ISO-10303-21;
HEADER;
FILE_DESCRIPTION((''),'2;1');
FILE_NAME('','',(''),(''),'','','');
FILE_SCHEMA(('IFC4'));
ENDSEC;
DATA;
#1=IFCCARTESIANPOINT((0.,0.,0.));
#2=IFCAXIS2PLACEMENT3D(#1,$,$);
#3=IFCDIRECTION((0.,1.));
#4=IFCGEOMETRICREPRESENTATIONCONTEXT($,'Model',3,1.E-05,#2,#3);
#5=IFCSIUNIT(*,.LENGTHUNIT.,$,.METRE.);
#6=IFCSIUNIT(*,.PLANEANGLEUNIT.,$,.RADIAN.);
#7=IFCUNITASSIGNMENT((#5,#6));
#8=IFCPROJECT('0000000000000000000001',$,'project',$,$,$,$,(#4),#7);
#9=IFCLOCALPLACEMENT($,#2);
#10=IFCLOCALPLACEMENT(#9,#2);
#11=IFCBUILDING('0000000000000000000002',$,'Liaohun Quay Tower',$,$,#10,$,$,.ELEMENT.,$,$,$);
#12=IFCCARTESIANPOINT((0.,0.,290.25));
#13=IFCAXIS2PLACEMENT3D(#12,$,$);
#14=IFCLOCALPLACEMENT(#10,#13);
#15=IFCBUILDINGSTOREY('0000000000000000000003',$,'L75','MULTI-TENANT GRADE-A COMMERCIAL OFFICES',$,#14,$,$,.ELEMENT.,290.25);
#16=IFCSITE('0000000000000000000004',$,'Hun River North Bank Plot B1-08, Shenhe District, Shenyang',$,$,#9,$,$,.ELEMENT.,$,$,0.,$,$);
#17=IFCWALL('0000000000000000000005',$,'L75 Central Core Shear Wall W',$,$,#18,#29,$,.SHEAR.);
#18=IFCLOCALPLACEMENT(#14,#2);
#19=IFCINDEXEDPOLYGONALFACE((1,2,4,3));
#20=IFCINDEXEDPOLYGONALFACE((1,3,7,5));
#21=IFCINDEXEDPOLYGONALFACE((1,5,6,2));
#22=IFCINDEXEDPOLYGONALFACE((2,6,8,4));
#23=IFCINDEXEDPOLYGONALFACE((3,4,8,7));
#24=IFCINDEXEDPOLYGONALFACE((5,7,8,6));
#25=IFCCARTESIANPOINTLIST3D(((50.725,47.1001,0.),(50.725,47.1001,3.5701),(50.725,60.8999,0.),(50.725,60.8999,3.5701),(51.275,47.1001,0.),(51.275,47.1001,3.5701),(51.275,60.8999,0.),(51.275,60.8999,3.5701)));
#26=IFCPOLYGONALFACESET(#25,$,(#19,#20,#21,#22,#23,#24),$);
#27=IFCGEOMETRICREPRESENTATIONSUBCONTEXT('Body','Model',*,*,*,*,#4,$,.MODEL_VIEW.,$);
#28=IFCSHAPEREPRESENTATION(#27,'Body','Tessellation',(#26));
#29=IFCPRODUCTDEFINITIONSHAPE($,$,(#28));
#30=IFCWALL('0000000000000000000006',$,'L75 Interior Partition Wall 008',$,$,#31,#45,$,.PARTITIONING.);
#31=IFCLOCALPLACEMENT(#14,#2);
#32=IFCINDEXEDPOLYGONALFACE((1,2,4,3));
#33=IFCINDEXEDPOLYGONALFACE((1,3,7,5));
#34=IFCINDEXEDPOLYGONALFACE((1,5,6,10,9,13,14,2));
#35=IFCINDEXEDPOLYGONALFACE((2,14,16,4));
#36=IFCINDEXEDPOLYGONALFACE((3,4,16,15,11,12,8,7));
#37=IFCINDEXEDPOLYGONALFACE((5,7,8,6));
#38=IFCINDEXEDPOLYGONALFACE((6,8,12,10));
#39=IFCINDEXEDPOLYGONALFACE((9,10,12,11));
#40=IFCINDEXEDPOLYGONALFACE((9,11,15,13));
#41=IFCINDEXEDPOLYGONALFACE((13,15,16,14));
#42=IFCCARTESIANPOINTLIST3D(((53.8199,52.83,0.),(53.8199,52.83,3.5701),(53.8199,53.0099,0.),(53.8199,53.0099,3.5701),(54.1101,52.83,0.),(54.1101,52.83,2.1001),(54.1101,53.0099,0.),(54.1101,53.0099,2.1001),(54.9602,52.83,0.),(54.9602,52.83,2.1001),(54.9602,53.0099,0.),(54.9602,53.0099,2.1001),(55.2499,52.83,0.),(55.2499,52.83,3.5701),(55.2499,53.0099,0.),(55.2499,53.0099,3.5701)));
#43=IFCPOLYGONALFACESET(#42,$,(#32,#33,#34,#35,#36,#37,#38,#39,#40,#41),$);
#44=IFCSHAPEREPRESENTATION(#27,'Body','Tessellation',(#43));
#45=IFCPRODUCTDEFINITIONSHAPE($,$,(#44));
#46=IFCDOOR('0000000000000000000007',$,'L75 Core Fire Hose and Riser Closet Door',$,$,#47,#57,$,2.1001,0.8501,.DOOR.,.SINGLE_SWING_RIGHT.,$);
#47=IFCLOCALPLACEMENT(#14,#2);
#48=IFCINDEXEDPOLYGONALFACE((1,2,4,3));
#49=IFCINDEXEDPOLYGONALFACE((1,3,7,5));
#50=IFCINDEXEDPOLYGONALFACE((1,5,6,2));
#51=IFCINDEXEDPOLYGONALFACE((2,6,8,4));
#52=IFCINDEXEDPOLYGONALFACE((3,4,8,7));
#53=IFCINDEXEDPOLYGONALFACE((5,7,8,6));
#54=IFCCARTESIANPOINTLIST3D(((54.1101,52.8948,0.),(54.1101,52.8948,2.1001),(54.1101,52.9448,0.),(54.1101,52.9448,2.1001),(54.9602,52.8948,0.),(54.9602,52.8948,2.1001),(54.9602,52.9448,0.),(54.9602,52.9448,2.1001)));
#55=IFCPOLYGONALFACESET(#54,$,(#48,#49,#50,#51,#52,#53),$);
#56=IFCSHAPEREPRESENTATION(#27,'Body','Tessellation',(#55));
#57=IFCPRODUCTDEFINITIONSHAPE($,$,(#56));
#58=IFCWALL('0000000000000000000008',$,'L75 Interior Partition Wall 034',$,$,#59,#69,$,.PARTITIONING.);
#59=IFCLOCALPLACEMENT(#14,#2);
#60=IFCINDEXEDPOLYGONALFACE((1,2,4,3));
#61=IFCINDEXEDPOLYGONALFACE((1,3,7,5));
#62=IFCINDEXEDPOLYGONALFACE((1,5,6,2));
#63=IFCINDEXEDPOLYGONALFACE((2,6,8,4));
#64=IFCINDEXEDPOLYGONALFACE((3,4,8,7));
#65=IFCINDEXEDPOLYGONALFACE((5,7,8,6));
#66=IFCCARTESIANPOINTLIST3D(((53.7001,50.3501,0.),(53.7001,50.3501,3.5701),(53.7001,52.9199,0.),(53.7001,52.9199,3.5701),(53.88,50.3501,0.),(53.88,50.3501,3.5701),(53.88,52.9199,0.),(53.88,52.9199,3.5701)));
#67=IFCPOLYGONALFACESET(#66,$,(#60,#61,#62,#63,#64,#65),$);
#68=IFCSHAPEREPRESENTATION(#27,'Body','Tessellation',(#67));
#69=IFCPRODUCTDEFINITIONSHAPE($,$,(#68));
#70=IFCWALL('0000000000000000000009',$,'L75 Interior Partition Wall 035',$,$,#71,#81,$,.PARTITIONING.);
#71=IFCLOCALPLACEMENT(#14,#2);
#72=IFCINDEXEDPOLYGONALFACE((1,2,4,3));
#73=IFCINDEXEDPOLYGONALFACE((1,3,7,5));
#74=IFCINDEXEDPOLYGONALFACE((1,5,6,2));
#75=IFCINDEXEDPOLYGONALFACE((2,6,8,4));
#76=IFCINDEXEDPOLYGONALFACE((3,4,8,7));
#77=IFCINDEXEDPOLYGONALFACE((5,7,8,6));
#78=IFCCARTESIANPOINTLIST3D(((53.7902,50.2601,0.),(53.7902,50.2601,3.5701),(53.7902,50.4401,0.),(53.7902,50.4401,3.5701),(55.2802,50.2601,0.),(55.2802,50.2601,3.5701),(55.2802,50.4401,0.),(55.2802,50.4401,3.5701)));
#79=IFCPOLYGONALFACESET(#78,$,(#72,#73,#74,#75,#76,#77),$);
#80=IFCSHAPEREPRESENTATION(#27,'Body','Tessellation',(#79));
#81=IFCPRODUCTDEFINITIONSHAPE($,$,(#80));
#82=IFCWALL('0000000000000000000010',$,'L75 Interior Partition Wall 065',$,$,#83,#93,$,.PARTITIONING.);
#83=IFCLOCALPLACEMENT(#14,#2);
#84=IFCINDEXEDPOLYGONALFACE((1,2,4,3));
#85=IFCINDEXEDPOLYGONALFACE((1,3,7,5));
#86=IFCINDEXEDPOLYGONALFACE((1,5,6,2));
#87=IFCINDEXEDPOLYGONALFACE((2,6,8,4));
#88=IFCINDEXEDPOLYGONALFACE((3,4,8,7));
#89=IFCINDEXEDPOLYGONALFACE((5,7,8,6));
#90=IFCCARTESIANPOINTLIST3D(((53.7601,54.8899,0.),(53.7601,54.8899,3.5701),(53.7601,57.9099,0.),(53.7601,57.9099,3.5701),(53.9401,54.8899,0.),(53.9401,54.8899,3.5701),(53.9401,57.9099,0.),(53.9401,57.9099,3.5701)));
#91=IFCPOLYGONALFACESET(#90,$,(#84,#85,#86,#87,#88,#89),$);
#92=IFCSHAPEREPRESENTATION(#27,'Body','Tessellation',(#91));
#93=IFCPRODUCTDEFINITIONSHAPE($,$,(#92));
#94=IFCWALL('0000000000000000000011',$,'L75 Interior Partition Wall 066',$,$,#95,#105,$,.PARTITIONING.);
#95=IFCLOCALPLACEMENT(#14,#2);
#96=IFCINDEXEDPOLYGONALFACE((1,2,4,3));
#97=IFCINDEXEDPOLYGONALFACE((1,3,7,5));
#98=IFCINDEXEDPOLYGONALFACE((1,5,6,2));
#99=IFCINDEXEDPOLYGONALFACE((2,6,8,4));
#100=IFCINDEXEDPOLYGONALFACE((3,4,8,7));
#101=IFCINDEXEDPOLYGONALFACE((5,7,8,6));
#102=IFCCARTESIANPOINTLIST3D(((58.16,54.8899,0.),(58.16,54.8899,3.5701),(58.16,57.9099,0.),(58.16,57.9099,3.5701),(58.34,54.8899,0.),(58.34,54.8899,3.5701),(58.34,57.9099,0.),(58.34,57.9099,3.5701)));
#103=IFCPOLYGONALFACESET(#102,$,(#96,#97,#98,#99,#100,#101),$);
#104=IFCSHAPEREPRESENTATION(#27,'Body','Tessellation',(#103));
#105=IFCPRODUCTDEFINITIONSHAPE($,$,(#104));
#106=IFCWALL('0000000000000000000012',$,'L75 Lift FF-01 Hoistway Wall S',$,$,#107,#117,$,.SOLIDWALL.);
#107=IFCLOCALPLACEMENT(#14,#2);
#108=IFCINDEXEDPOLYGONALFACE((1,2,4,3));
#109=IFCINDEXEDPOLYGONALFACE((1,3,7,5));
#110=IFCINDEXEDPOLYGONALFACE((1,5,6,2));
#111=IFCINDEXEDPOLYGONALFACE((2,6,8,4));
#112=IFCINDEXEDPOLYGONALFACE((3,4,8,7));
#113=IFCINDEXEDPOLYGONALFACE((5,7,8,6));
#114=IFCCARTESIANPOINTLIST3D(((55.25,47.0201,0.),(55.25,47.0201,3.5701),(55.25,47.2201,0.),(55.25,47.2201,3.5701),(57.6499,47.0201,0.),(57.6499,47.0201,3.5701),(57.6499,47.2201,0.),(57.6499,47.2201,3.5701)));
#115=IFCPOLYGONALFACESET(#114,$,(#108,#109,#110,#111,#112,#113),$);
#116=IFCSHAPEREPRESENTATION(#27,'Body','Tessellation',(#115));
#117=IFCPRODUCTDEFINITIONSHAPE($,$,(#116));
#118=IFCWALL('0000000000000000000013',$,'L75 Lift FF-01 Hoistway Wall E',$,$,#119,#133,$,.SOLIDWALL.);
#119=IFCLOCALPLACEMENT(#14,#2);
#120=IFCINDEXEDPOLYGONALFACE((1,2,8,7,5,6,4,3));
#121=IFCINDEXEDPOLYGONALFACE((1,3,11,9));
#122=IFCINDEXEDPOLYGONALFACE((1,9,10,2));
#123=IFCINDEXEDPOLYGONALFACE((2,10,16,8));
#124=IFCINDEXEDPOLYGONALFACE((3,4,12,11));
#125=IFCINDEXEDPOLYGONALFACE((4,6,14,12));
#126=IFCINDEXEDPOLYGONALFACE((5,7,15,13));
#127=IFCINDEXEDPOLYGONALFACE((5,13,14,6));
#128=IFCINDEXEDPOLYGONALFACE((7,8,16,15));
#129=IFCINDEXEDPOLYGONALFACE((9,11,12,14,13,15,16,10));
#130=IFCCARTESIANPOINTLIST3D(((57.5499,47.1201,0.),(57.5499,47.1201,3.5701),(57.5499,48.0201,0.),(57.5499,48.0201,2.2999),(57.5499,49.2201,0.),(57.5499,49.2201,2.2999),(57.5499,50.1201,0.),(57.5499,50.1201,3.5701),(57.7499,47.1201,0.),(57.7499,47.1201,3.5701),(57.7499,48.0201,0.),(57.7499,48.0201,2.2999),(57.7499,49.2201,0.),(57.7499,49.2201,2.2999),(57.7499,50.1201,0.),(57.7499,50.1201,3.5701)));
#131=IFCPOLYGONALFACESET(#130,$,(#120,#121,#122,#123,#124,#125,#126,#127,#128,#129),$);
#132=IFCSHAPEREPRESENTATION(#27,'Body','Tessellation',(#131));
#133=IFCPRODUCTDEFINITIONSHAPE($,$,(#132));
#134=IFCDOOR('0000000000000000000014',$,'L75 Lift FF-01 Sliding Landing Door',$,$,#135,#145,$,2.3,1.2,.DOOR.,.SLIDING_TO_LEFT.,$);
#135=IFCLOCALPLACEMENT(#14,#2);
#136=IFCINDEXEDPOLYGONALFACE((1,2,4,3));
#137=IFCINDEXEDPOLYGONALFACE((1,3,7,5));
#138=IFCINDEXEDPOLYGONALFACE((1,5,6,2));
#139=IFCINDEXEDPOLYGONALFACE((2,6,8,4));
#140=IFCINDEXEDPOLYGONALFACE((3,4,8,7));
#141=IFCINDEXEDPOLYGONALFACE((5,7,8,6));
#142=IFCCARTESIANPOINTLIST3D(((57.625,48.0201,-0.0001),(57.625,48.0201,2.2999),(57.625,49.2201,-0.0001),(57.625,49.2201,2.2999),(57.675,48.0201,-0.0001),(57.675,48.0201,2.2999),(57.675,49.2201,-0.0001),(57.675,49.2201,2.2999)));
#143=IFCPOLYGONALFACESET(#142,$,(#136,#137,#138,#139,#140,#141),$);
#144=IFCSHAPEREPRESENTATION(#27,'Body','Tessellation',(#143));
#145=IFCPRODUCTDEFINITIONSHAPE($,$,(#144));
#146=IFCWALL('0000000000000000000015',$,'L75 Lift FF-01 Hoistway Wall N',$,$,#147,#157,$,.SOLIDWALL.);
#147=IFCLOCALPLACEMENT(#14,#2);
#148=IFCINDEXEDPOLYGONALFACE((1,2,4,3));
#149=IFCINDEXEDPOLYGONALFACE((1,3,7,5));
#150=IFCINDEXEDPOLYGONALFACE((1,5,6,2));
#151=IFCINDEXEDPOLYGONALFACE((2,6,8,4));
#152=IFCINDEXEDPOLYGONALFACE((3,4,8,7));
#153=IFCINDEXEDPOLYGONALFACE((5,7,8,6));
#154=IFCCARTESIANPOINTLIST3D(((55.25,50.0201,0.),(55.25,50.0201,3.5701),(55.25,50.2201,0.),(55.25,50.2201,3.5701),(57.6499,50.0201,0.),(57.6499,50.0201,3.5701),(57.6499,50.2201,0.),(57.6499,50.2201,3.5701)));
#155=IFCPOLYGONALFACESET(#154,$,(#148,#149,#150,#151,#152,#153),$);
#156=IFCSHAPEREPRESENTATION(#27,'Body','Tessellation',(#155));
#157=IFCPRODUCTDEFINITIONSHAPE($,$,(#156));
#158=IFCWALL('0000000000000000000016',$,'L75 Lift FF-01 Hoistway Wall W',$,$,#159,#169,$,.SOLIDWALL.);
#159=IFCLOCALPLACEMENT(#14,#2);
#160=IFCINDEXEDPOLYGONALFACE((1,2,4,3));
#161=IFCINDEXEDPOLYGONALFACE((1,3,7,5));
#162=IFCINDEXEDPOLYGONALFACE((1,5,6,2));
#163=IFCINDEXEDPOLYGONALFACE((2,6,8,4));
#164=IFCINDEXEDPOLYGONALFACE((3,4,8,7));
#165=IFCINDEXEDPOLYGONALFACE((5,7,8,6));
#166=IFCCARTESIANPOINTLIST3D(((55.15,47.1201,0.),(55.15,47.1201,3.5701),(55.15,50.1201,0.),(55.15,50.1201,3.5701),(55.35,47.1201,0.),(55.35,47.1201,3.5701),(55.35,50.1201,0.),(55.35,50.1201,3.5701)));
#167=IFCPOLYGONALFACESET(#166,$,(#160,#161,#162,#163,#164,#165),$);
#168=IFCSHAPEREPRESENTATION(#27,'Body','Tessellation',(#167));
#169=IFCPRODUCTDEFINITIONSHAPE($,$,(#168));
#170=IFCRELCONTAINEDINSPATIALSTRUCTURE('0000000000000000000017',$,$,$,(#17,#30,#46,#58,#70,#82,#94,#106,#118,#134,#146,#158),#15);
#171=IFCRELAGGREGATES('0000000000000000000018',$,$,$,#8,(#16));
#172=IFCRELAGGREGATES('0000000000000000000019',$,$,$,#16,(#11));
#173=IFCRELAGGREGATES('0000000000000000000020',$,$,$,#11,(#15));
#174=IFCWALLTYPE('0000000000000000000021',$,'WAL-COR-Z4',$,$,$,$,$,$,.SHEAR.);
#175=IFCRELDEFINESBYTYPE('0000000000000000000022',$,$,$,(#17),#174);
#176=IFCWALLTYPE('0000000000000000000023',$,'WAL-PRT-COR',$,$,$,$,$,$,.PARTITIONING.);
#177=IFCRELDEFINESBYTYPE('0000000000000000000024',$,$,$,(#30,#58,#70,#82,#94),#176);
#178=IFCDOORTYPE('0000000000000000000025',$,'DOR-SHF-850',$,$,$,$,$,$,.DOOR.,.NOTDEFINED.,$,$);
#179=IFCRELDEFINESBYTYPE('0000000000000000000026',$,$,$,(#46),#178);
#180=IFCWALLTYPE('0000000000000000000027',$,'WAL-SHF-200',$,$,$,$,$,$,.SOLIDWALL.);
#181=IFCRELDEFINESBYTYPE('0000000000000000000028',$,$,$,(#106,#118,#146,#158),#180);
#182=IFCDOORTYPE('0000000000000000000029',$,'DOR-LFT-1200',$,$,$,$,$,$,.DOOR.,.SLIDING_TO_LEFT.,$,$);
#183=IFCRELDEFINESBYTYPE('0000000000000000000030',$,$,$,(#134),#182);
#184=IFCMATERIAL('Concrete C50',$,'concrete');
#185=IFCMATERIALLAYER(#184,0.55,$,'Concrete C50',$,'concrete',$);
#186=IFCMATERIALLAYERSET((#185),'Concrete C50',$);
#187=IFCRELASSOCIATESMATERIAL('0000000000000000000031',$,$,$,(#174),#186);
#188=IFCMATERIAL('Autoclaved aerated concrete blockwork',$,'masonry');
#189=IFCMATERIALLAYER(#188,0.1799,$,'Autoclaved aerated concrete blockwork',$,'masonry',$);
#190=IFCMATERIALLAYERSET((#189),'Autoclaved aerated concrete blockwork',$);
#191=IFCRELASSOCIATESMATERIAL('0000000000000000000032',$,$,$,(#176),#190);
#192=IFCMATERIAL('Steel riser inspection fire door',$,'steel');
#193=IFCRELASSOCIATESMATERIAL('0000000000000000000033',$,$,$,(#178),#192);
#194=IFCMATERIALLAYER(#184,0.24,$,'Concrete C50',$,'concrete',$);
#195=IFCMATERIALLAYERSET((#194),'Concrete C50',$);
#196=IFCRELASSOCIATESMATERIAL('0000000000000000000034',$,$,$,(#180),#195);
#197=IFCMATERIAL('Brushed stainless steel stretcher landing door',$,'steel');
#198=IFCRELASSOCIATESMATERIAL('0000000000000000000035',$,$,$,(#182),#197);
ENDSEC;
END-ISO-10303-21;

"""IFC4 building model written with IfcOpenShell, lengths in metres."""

from ifc_helpers import new_model, si_unit, direction, frame, frame_2d, origin, place, context, subcontext, project, spatial, rectangle, extrude, source, transform, mapped, material, layer, layer_set, type_object, element, fill, save


model = new_model("IFC4")

# Units and contexts
model_context = context("Model", 3, precision=1e-05, world=origin(), true_north=direction((0.0, 1.0)))
body_context = subcontext(model_context, "Body", "Model", "MODEL_VIEW")
ifc_project = project(units=[si_unit("LENGTHUNIT", "METRE"), si_unit("PLANEANGLEUNIT", "RADIAN")], contexts=[model_context])

# Site, building, storey
site_placement = place(None, origin())
site = spatial("IfcSite", under=ifc_project, at=site_placement, Name="Hun River North Bank Plot B1-08, Shenhe District, Shenyang", CompositionType="ELEMENT", RefElevation=0.0)
building_placement = place(site_placement, origin())
building = spatial("IfcBuilding", under=site, at=building_placement, Name="Liaohun Quay Tower", CompositionType="ELEMENT")
storey_placement = place(building_placement, frame((0.0, 0.0, 290.25)))
storey = spatial("IfcBuildingStorey", under=building, at=storey_placement, Name="L75", Description="MULTI-TENANT GRADE-A COMMERCIAL OFFICES", CompositionType="ELEMENT", Elevation=290.25)

# Wall
ifc_material_1 = material(Name="Concrete C50", Category="concrete")
ifc_layer_1 = layer(ifc_material_1, 0.55, Name="Concrete C50", Category="concrete")
ifc_layer_set_1 = layer_set([ifc_layer_1], Name="Concrete C50")
wall_type_1 = type_object("IfcWallType", Name="WAL-COR-Z4", PredefinedType="SHEAR", material=ifc_layer_set_1)
wall_1_placement = place(storey_placement, frame((51.0, 47.1001, 0.0), z_axis=(0.0, 0.0, 1.0), x_axis=(0.0, 1.0, 0.0)))
element("IfcWall", 1, at=wall_1_placement, inside=storey, type_object=wall_type_1, Name="L75 Central Core Shear Wall W", PredefinedType="SHEAR", context=body_context, shape_type="SweptSolid", body=[
    extrude(rectangle(XDim=13.7998, YDim=0.55, at=frame_2d((6.8999, 0.0))), origin(), (0.0, 0.0, 1.0), 3.5701),
])

# Wall, opening, door
ifc_material_2 = material(Name="Autoclaved aerated concrete blockwork", Category="masonry")
ifc_layer_2 = layer(ifc_material_2, 0.1799, Name="Autoclaved aerated concrete blockwork", Category="masonry")
ifc_layer_set_2 = layer_set([ifc_layer_2], Name="Autoclaved aerated concrete blockwork")
wall_type_2 = type_object("IfcWallType", Name="WAL-PRT-COR", PredefinedType="PARTITIONING", material=ifc_layer_set_2)
wall_2_placement = place(storey_placement, frame((53.8201, 52.9199, 0.0), z_axis=(0.0, 0.0, 1.0), x_axis=(1.0, 0.0, 0.0)))
wall_2 = element("IfcWall", 2, at=wall_2_placement, inside=storey, type_object=wall_type_2, Name="L75 Interior Partition Wall 008", PredefinedType="PARTITIONING", context=body_context, shape_type="SweptSolid", body=[
    extrude(rectangle(XDim=1.4299, YDim=0.1799, at=frame_2d((0.7148, 0.0))), origin(), (0.0, 0.0, 1.0), 3.5701),
])
shared_shape_1 = source(origin(), body_context, "Body", "SweptSolid", [
    extrude(rectangle(XDim=0.8501, YDim=2.1001, at=frame_2d((0.425, 1.05))), frame((0.0, 0.0999, 0.0), z_axis=(0.0, -1.0, 0.0), x_axis=(1.0, 0.0, 0.0)), (0.0, 0.0, 1.0), 0.2),
])
opening_1_placement = place(wall_2_placement, frame((0.29, 0.0, 0.0)))
opening_1 = element("IfcOpeningElement", 3, at=opening_1_placement, cuts=wall_2, PredefinedType="OPENING", context=body_context, shape_type="MappedRepresentation", body=[
    mapped(shared_shape_1, transform((0.0, 0.0, 0.0), x_axis=(1.0, 0.0, 0.0), y_axis=(0.0, 1.0, 0.0), z_axis=(0.0, 0.0, 1.0), scale=1.0)),
])
ifc_material_3 = material(Name="Steel riser inspection fire door", Category="steel")
door_type_1 = type_object("IfcDoorType", Name="DOR-SHF-850", OperationType="NOTDEFINED", PredefinedType="DOOR", material=ifc_material_3)
shared_shape_2 = source(origin(), body_context, "Body", "SweptSolid", [
    extrude(rectangle(XDim=0.8501, YDim=2.1001, at=frame_2d((0.425, 1.05))), frame((0.0, 0.0249, 0.0), z_axis=(0.0, -1.0, 0.0), x_axis=(1.0, 0.0, 0.0)), (0.0, 0.0, 1.0), 0.05),
])
door_1_placement = place(opening_1_placement, origin())
door_1 = element("IfcDoor", 4, at=door_1_placement, inside=storey, type_object=door_type_1, Name="L75 Core Fire Hose and Riser Closet Door", OperationType="SINGLE_SWING_RIGHT", OverallHeight=2.1001, OverallWidth=0.8501, PredefinedType="DOOR", context=body_context, shape_type="MappedRepresentation", body=[
    mapped(shared_shape_2, transform((0.0, 0.0, 0.0), x_axis=(1.0, 0.0, 0.0), y_axis=(0.0, 1.0, 0.0), z_axis=(0.0, 0.0, 1.0), scale=1.0)),
])
fill(opening_1, door_1)

# Walls
wall_3_placement = place(storey_placement, frame((53.79, 50.3501, 0.0), z_axis=(0.0, 0.0, 1.0), x_axis=(0.0, 1.0, 0.0)))
element("IfcWall", 5, at=wall_3_placement, inside=storey, type_object=wall_type_2, Name="L75 Interior Partition Wall 034", PredefinedType="PARTITIONING", context=body_context, shape_type="SweptSolid", body=[
    extrude(rectangle(XDim=2.5698, YDim=0.1799, at=frame_2d((1.2849, 0.0))), origin(), (0.0, 0.0, 1.0), 3.5701),
])
wall_4_placement = place(storey_placement, frame((53.79, 50.3501, 0.0), z_axis=(0.0, 0.0, 1.0), x_axis=(1.0, 0.0, 0.0)))
element("IfcWall", 6, at=wall_4_placement, inside=storey, type_object=wall_type_2, Name="L75 Interior Partition Wall 035", PredefinedType="PARTITIONING", context=body_context, shape_type="SweptSolid", body=[
    extrude(rectangle(XDim=1.49, YDim=0.1799, at=frame_2d((0.7451, 0.0))), origin(), (0.0, 0.0, 1.0), 3.5701),
])
for number, where, z_axis, x_axis, name in (
    (7, (53.8501, 54.8899, 0.0), (0.0, 0.0, 1.0), (0.0, 1.0, 0.0), "L75 Interior Partition Wall 065"),
    (8, (58.25, 54.8899, 0.0), (0.0, 0.0, 1.0), (0.0, 1.0, 0.0), "L75 Interior Partition Wall 066"),
):
    element("IfcWall", number, at=place(storey_placement, frame(where, z_axis=z_axis, x_axis=x_axis)), inside=storey, type_object=wall_type_2, Name=name, PredefinedType="PARTITIONING", context=body_context, shape_type="SweptSolid", body=[
        extrude(rectangle(XDim=3.02, YDim=0.1799, at=frame_2d((1.51, 0.0))), origin(), (0.0, 0.0, 1.0), 3.5701),
    ])
ifc_layer_3 = layer(ifc_material_1, 0.24, Name="Concrete C50", Category="concrete")
ifc_layer_set_3 = layer_set([ifc_layer_3], Name="Concrete C50")
wall_type_3 = type_object("IfcWallType", Name="WAL-SHF-200", PredefinedType="SOLIDWALL", material=ifc_layer_set_3)
wall_5_placement = place(storey_placement, frame((55.25, 47.1201, 0.0), z_axis=(0.0, 0.0, 1.0), x_axis=(1.0, 0.0, 0.0)))
element("IfcWall", 9, at=wall_5_placement, inside=storey, type_object=wall_type_3, Name="L75 Lift FF-01 Hoistway Wall S", PredefinedType="SOLIDWALL", context=body_context, shape_type="SweptSolid", body=[
    extrude(rectangle(XDim=2.3999, YDim=0.2, at=frame_2d((1.2, 0.0))), origin(), (0.0, 0.0, 1.0), 3.5701),
])

# Wall, opening, door
wall_6_placement = place(storey_placement, frame((57.6499, 47.1201, 0.0), z_axis=(0.0, 0.0, 1.0), x_axis=(0.0, 1.0, 0.0)))
wall_6 = element("IfcWall", 10, at=wall_6_placement, inside=storey, type_object=wall_type_3, Name="L75 Lift FF-01 Hoistway Wall E", PredefinedType="SOLIDWALL", context=body_context, shape_type="SweptSolid", body=[
    extrude(rectangle(XDim=3.0, YDim=0.2, at=frame_2d((1.5, 0.0))), origin(), (0.0, 0.0, 1.0), 3.5701),
])
shared_shape_3 = source(origin(), body_context, "Body", "SweptSolid", [
    extrude(rectangle(XDim=1.2, YDim=2.3, at=frame_2d((0.6001, 1.1499))), frame((0.0, 0.1099, 0.0), z_axis=(0.0, -1.0, 0.0), x_axis=(1.0, 0.0, 0.0)), (0.0, 0.0, 1.0), 0.22),
])
opening_2_placement = place(wall_6_placement, frame((0.8999, 0.0, 0.0)))
opening_2 = element("IfcOpeningElement", 11, at=opening_2_placement, cuts=wall_6, PredefinedType="OPENING", context=body_context, shape_type="MappedRepresentation", body=[
    mapped(shared_shape_3, transform((0.0, 0.0, 0.0), x_axis=(1.0, 0.0, 0.0), y_axis=(0.0, 1.0, 0.0), z_axis=(0.0, 0.0, 1.0), scale=1.0)),
])
ifc_material_4 = material(Name="Brushed stainless steel stretcher landing door", Category="steel")
door_type_2 = type_object("IfcDoorType", Name="DOR-LFT-1200", OperationType="SLIDING_TO_LEFT", PredefinedType="DOOR", material=ifc_material_4)
shared_shape_4 = source(origin(), body_context, "Body", "SweptSolid", [
    extrude(rectangle(XDim=1.2, YDim=2.3, at=frame_2d((0.6001, 1.1499))), frame((0.0, 0.0249, 0.0), z_axis=(0.0, -1.0, 0.0), x_axis=(1.0, 0.0, 0.0)), (0.0, 0.0, 1.0), 0.05),
])
door_2_placement = place(opening_2_placement, origin())
door_2 = element("IfcDoor", 12, at=door_2_placement, inside=storey, type_object=door_type_2, Name="L75 Lift FF-01 Sliding Landing Door", OperationType="SLIDING_TO_LEFT", OverallHeight=2.3, OverallWidth=1.2, PredefinedType="DOOR", context=body_context, shape_type="MappedRepresentation", body=[
    mapped(shared_shape_4, transform((0.0, 0.0, 0.0), x_axis=(1.0, 0.0, 0.0), y_axis=(0.0, 1.0, 0.0), z_axis=(0.0, 0.0, 1.0), scale=1.0)),
])
fill(opening_2, door_2)

# Walls
wall_7_placement = place(storey_placement, frame((57.6499, 50.1201, 0.0), z_axis=(0.0, 0.0, 1.0), x_axis=(-1.0, 0.0, 0.0)))
element("IfcWall", 13, at=wall_7_placement, inside=storey, type_object=wall_type_3, Name="L75 Lift FF-01 Hoistway Wall N", PredefinedType="SOLIDWALL", context=body_context, shape_type="SweptSolid", body=[
    extrude(rectangle(XDim=2.3999, YDim=0.2, at=frame_2d((1.2, 0.0))), origin(), (0.0, 0.0, 1.0), 3.5701),
])
wall_8_placement = place(storey_placement, frame((55.25, 50.1201, 0.0), z_axis=(0.0, 0.0, 1.0), x_axis=(0.0, -1.0, 0.0)))
element("IfcWall", 14, at=wall_8_placement, inside=storey, type_object=wall_type_3, Name="L75 Lift FF-01 Hoistway Wall W", PredefinedType="SOLIDWALL", context=body_context, shape_type="SweptSolid", body=[
    extrude(rectangle(XDim=3.0, YDim=0.2, at=frame_2d((1.5, 0.0))), origin(), (0.0, 0.0, 1.0), 3.5701),
])

save(model, "model.ifc")
